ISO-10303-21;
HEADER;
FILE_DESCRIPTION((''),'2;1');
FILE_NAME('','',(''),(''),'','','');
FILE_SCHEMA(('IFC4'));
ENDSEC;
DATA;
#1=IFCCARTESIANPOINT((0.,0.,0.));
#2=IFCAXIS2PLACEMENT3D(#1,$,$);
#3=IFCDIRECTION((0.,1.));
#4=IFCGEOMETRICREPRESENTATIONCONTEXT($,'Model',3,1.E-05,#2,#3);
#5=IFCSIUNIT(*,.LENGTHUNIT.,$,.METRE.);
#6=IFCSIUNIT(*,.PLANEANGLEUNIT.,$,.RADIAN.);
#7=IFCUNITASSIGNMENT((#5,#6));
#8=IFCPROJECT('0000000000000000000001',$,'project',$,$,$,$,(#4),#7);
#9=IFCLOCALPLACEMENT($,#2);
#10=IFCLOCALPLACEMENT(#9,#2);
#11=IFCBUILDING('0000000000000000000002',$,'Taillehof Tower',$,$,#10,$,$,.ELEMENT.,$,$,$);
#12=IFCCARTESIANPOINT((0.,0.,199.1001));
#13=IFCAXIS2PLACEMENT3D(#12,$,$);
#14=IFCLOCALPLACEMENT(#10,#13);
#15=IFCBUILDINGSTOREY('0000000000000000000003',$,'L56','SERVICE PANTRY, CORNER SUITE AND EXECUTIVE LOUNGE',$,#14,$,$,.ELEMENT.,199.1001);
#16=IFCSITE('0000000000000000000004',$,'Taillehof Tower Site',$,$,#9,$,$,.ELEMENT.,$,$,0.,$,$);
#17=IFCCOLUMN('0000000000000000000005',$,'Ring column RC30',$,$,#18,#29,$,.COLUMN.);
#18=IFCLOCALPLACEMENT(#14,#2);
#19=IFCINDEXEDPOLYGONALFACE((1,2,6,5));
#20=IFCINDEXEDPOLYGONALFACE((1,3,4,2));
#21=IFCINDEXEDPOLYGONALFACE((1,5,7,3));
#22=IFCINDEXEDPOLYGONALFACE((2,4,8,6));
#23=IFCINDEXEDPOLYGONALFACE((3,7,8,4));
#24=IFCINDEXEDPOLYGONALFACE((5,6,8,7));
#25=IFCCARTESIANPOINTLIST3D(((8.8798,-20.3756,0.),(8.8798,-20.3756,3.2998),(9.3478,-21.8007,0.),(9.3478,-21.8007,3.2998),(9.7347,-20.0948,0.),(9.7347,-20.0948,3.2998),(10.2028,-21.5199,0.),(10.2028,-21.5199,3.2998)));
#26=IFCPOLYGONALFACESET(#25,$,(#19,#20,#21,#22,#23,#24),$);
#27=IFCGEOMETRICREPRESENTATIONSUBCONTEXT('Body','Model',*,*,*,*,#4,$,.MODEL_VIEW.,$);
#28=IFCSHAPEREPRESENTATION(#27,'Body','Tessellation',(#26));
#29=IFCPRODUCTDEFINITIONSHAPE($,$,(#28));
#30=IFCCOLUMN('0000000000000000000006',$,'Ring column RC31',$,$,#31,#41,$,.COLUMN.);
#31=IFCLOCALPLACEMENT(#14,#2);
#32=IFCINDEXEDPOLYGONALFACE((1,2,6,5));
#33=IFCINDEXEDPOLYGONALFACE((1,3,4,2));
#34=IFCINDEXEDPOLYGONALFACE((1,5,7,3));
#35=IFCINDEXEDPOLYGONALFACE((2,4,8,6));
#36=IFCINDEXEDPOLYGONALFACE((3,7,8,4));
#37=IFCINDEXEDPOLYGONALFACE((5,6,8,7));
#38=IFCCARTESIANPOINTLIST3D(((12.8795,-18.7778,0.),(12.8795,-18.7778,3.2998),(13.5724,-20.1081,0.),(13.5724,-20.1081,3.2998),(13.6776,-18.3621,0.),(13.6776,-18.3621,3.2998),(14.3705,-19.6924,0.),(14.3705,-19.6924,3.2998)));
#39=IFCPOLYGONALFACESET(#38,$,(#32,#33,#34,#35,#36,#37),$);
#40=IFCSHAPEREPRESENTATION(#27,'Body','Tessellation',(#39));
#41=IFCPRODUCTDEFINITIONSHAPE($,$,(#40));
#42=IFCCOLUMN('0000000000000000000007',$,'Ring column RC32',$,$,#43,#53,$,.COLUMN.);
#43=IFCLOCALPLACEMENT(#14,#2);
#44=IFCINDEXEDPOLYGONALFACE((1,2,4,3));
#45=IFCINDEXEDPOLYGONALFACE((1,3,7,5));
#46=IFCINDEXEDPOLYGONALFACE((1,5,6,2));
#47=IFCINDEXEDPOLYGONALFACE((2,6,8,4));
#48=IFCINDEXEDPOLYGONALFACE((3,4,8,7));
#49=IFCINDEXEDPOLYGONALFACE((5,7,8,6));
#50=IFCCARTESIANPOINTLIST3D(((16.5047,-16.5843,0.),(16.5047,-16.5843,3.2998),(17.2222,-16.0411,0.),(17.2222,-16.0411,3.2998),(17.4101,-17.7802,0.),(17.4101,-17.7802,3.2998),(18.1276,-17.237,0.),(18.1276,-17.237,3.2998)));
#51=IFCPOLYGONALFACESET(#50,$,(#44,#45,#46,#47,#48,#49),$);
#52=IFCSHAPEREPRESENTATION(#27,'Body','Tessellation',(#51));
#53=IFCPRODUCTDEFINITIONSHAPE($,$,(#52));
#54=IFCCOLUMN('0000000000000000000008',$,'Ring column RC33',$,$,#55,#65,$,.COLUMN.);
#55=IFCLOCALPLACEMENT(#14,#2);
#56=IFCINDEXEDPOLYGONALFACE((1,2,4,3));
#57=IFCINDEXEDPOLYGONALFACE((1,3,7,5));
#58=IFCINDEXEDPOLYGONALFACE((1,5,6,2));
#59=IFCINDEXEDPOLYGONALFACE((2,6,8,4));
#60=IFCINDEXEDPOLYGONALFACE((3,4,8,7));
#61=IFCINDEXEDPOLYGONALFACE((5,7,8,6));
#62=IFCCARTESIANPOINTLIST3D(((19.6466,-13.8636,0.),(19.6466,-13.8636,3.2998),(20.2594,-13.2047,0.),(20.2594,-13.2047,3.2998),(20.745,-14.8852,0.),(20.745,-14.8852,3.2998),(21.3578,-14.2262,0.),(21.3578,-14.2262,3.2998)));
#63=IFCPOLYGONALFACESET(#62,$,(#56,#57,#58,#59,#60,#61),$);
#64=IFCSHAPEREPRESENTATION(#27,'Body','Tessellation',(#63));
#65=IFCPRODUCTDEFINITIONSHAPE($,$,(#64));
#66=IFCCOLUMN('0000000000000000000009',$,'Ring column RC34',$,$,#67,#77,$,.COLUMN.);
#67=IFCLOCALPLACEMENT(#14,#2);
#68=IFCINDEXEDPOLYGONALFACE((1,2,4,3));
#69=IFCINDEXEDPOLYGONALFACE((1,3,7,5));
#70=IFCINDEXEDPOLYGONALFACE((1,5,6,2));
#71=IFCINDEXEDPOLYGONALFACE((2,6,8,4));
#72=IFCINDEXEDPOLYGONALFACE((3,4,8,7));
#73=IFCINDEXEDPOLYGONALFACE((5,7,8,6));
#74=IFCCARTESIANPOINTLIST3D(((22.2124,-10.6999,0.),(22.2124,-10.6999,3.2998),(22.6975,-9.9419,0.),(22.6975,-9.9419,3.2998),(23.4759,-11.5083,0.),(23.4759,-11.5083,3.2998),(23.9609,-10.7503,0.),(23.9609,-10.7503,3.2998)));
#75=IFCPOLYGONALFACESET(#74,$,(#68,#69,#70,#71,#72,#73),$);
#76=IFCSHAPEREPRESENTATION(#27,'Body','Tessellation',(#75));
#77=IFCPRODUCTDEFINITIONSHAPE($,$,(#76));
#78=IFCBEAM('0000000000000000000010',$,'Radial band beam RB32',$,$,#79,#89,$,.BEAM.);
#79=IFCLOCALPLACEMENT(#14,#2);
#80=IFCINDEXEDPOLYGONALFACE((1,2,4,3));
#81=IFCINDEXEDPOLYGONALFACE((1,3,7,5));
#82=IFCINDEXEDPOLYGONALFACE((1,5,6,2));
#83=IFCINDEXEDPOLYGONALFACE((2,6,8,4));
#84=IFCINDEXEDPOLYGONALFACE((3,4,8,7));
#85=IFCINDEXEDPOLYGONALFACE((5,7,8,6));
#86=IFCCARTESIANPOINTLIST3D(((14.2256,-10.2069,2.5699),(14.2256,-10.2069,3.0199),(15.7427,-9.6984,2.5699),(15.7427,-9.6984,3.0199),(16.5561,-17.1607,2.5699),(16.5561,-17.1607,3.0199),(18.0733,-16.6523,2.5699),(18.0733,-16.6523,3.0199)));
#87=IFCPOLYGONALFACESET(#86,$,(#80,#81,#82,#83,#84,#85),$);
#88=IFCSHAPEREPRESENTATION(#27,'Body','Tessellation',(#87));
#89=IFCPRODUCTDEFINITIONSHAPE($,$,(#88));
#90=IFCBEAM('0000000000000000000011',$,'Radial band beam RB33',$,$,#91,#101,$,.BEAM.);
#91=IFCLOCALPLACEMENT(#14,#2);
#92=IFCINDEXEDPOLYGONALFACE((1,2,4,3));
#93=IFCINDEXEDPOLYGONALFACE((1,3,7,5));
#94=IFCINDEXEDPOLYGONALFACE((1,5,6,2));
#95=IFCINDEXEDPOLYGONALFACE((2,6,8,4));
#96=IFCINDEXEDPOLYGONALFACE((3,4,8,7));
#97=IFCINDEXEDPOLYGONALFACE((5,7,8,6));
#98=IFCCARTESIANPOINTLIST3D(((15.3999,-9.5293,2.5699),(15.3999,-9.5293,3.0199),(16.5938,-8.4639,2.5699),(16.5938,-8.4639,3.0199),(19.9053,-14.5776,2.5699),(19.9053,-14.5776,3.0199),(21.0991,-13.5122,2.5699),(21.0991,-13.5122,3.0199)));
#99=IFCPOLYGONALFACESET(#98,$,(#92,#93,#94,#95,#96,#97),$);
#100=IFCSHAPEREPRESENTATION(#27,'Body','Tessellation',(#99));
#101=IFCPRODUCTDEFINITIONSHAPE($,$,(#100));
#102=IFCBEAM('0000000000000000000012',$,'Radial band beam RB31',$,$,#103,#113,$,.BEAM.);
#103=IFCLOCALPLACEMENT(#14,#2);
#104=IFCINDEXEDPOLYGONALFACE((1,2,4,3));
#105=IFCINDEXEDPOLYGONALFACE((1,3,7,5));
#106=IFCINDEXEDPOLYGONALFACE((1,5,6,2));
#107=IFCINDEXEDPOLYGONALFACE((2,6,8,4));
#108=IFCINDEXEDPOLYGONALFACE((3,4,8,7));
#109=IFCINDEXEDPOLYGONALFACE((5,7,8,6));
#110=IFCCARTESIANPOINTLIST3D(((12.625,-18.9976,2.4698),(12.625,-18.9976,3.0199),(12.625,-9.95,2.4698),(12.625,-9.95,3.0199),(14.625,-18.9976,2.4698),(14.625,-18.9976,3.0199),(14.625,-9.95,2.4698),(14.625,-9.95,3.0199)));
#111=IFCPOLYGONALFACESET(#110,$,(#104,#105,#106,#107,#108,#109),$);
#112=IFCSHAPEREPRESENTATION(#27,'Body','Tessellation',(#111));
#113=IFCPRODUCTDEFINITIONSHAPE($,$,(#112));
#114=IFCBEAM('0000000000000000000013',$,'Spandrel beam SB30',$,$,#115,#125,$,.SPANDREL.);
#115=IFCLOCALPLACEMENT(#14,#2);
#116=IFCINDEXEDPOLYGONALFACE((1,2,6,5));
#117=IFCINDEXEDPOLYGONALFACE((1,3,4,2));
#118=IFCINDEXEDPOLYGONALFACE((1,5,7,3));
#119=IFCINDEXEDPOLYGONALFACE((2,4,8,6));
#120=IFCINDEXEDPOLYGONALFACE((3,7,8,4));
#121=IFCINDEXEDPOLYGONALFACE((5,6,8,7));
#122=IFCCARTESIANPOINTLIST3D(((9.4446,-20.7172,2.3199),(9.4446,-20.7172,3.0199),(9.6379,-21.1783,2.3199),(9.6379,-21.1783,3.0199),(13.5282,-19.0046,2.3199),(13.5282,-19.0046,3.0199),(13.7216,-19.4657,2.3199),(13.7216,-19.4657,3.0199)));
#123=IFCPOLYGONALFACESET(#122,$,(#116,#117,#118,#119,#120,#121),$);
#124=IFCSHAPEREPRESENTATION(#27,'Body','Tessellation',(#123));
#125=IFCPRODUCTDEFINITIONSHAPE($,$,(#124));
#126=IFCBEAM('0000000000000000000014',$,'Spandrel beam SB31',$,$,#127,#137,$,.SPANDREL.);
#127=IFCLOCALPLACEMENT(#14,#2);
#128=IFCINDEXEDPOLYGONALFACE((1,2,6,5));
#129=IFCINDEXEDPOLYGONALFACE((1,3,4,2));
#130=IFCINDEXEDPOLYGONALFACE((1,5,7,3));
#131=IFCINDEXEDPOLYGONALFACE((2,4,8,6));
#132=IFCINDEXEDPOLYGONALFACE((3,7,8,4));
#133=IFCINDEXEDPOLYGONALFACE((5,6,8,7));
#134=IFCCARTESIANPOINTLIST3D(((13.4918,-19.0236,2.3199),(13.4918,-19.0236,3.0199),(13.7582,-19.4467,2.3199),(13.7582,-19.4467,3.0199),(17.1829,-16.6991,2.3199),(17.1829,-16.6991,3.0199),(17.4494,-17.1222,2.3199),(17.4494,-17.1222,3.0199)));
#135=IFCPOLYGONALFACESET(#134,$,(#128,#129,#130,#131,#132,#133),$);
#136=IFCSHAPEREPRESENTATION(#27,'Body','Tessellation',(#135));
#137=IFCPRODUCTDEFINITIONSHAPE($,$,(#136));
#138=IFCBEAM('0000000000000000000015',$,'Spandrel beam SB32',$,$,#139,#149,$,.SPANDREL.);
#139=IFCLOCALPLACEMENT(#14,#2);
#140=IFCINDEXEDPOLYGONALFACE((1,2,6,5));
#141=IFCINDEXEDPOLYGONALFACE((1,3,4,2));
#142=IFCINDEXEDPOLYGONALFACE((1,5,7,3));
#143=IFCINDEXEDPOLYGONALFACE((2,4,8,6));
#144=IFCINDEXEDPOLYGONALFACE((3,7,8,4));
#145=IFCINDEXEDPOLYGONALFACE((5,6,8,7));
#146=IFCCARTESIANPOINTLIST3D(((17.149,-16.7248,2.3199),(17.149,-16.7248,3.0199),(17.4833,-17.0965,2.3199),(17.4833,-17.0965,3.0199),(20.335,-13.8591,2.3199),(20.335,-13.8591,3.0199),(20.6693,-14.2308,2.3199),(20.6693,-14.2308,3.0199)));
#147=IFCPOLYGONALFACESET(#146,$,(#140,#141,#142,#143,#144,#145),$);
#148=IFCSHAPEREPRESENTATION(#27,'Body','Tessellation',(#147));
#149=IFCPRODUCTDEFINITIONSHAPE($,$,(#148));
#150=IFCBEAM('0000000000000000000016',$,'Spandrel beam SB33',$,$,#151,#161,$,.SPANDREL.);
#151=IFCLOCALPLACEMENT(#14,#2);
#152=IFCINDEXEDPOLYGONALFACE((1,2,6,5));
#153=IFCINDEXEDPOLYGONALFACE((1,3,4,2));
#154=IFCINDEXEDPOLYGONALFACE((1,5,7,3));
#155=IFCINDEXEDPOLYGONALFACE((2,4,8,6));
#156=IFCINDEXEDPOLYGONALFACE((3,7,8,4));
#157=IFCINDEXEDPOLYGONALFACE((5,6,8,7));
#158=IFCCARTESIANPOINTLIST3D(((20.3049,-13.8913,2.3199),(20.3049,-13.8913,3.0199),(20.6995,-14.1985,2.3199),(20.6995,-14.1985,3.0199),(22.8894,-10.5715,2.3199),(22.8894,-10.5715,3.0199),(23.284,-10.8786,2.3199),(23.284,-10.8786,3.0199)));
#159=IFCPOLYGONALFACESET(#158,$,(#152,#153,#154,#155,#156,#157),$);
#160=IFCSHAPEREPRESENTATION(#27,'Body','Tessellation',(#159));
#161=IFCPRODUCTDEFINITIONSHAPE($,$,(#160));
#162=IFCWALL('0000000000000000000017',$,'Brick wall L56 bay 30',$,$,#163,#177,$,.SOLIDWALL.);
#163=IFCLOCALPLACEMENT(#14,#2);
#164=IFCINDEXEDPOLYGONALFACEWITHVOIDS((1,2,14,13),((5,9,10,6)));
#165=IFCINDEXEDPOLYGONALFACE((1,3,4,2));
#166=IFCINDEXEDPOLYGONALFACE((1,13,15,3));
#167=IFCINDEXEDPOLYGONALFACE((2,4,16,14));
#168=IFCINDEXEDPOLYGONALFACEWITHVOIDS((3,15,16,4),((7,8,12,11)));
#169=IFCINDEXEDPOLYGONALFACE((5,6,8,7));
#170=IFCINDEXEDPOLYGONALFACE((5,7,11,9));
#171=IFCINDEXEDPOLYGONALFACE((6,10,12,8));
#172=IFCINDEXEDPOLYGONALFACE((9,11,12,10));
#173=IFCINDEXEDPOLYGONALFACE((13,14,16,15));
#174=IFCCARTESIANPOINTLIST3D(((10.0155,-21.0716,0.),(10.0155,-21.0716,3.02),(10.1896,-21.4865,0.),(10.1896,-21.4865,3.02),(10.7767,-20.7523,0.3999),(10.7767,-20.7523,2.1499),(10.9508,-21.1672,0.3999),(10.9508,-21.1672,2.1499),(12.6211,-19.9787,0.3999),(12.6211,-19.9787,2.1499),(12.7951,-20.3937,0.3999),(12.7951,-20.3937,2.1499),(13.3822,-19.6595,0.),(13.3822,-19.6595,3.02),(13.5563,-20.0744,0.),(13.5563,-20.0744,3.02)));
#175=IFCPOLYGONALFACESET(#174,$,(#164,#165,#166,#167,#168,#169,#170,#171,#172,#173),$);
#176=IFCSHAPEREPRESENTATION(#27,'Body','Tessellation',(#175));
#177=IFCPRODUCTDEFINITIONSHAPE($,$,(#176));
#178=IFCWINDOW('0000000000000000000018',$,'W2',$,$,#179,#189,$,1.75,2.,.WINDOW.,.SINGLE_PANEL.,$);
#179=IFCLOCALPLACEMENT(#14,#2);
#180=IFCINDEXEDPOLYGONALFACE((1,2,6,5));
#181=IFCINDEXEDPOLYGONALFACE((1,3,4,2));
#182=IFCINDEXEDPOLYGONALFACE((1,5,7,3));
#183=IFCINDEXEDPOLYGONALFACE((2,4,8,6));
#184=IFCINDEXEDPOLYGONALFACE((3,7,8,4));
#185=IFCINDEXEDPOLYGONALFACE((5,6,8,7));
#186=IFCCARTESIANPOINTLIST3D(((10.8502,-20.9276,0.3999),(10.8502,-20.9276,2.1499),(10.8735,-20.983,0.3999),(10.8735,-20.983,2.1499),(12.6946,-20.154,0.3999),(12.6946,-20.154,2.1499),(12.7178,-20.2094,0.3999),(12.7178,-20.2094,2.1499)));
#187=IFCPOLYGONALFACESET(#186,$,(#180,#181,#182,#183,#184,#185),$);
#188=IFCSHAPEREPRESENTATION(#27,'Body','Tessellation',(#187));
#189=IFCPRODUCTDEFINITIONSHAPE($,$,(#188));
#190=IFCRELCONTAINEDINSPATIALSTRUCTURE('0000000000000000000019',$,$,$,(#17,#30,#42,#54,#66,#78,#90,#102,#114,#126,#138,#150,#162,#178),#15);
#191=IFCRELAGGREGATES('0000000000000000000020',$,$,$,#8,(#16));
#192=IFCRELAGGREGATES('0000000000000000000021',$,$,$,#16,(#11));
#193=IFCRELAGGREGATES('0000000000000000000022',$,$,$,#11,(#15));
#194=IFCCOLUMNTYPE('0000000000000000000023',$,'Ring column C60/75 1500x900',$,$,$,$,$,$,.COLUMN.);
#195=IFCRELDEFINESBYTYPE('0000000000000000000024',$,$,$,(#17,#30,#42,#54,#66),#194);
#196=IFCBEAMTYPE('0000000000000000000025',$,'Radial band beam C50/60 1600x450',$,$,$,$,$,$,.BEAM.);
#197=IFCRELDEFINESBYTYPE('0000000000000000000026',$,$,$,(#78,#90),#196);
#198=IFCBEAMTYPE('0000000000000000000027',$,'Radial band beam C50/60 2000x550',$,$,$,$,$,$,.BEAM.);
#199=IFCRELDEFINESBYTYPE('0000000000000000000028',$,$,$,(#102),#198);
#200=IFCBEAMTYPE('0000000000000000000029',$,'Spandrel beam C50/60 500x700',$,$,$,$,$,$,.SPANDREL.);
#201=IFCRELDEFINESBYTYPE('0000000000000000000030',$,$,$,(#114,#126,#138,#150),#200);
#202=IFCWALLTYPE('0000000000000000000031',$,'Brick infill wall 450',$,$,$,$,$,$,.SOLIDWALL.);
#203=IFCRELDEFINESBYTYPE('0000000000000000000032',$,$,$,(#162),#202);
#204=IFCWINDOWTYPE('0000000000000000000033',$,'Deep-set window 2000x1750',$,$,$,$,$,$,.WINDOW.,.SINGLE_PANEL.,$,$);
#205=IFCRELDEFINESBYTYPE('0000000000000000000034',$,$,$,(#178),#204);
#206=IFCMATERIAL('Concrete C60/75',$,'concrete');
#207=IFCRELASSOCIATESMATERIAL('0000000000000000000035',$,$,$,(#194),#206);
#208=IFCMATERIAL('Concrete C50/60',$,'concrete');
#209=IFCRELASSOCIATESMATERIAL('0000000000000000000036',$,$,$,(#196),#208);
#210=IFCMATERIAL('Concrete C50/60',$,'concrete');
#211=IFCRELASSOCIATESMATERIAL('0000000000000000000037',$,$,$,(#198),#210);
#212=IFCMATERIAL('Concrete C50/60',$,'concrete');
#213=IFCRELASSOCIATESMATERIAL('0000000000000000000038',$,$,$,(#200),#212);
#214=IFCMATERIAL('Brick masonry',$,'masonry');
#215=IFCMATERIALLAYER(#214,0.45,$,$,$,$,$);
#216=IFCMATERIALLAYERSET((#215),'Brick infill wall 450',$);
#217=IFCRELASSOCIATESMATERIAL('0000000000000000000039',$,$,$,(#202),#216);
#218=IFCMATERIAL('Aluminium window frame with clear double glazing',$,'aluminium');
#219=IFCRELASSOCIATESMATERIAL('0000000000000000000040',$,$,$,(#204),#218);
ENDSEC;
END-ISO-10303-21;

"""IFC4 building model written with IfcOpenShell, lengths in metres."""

from ifc_helpers import new_model, si_unit, direction, frame, frame_2d, origin, origin_2d, place, context, subcontext, project, spatial, rectangle, extrude, material, layer, layer_set, material_profile, profile_set, type_object, element, fill, save


model = new_model("IFC4")

# Units and contexts
model_context = context("Model", 3, precision=1e-05, world=origin(), true_north=direction((0.0, 1.0)))
body_context = subcontext(model_context, "Body", "Model", "MODEL_VIEW")
ifc_project = project(units=[si_unit("LENGTHUNIT", "METRE"), si_unit("PLANEANGLEUNIT", "RADIAN")], contexts=[model_context])

# Site, building, storey
site_placement = place(None, origin())
site = spatial("IfcSite", under=ifc_project, at=site_placement, Name="Taillehof Tower Site", CompositionType="ELEMENT", RefElevation=0.0)
building_placement = place(site_placement, origin())
building = spatial("IfcBuilding", under=site, at=building_placement, Name="Taillehof Tower", CompositionType="ELEMENT")
storey_placement = place(building_placement, frame((0.0, 0.0, 199.1001)))
storey = spatial("IfcBuildingStorey", under=building, at=storey_placement, Name="L56", Description="SERVICE PANTRY, CORNER SUITE AND EXECUTIVE LOUNGE", CompositionType="ELEMENT", Elevation=199.1001)

# Columns
ifc_material_1 = material(Name="Concrete C60/75", Category="concrete")
ifc_material_profile_1 = material_profile(ifc_material_1, rectangle(XDim=1.5, YDim=0.8999, at=origin_2d()), Name="RC 1500x900")
ifc_profile_set_1 = profile_set([ifc_material_profile_1], Name="Concrete C60/75")
column_type = type_object("IfcColumnType", Name="Ring column C60/75 1500x900", PredefinedType="COLUMN", material=ifc_profile_set_1)
for number, where, z_axis, x_axis, name in (
    (1, (9.5413, -20.9478, 0.0), (0.0, 0.0, 1.0), (0.312001, -0.950082, 0.0), "Ring column RC30"),
    (2, (13.625, -19.2351, 0.0), (0.0, 0.0, 1.0), (0.461993, -0.886883, 0.0), "Ring column RC31"),
    (3, (17.3162, -16.9106, 0.0), (0.0, 0.0, 1.0), (0.603608, -0.797281, 0.0), "Ring column RC32"),
    (4, (20.5022, -14.0449, 0.0), (0.0, 0.0, 1.0), (0.732271, -0.681013, 0.0), "Ring column RC33"),
    (5, (23.0867, -10.7251, 0.0), (0.0, 0.0, 1.0), (0.842311, -0.538992, 0.0), "Ring column RC34"),
):
    element("IfcColumn", number, at=place(storey_placement, frame(where, z_axis=z_axis, x_axis=x_axis)), inside=storey, type_object=column_type, Name=name, PredefinedType="COLUMN", context=body_context, shape_type="SweptSolid", body=[
        extrude(rectangle(XDim=1.5, YDim=0.8999, at=origin_2d()), origin(), (0.0, 0.0, 1.0), 3.2998),
    ])

# Beams
ifc_material_2 = material(Name="Concrete C50/60", Category="concrete")
ifc_material_profile_2 = material_profile(ifc_material_2, rectangle(XDim=1.6001, YDim=0.45, at=origin_2d()), Name="RC 1600x450")
ifc_profile_set_2 = profile_set([ifc_material_profile_2], Name="Concrete C50/60")
beam_type_1 = type_object("IfcBeamType", Name="Radial band beam C50/60 1600x450", PredefinedType="BEAM", material=ifc_profile_set_2)
beam_1_placement = place(storey_placement, frame((17.3147, -16.9065, 2.7949), z_axis=(-0.317775, 0.948166, 0.0), x_axis=(-0.948166, -0.317775, 0.0)))
element("IfcBeam", 6, at=beam_1_placement, inside=storey, type_object=beam_type_1, Name="Radial band beam RB32", PredefinedType="BEAM", context=body_context, shape_type="SweptSolid", body=[
    extrude(rectangle(XDim=1.6001, YDim=0.45, at=origin_2d()), origin(), (0.0, 0.0, 1.0), 7.334),
])
beam_2_placement = place(storey_placement, frame((20.5022, -14.0449, 2.7949), z_axis=(-0.665845, 0.74609, 0.0), x_axis=(-0.74609, -0.665845, 0.0)))
element("IfcBeam", 7, at=beam_2_placement, inside=storey, type_object=beam_type_1, Name="Radial band beam RB33", PredefinedType="BEAM", context=body_context, shape_type="SweptSolid", body=[
    extrude(rectangle(XDim=1.6001, YDim=0.45, at=origin_2d()), origin(), (0.0, 0.0, 1.0), 6.7664),
])
ifc_material_3 = material(Name="Concrete C50/60", Category="concrete")
ifc_material_profile_3 = material_profile(ifc_material_3, rectangle(XDim=2.0, YDim=0.55, at=origin_2d()), Name="RC 2000x550")
ifc_profile_set_3 = profile_set([ifc_material_profile_3], Name="Concrete C50/60")
beam_type_2 = type_object("IfcBeamType", Name="Radial band beam C50/60 2000x550", PredefinedType="BEAM", material=ifc_profile_set_3)
beam_3_placement = place(storey_placement, frame((13.625, -18.9976, 2.7449), z_axis=(0.0, 1.0, 0.0), x_axis=(-1.0, 0.0, 0.0)))
element("IfcBeam", 8, at=beam_3_placement, inside=storey, type_object=beam_type_2, Name="Radial band beam RB31", PredefinedType="BEAM", context=body_context, shape_type="SweptSolid", body=[
    extrude(rectangle(XDim=2.0, YDim=0.55, at=origin_2d()), origin(), (0.0, 0.0, 1.0), 9.0476),
])
ifc_material_4 = material(Name="Concrete C50/60", Category="concrete")
ifc_material_profile_4 = material_profile(ifc_material_4, rectangle(XDim=0.5, YDim=0.7, at=origin_2d()), Name="RC 500x700")
ifc_profile_set_4 = profile_set([ifc_material_profile_4], Name="Concrete C50/60")
beam_type_3 = type_object("IfcBeamType", Name="Spandrel beam C50/60 500x700", PredefinedType="SPANDREL", material=ifc_profile_set_4)
beam_4_placement = place(storey_placement, frame((9.5413, -20.9478, 2.6699), z_axis=(0.922186, 0.386748, 0.0), x_axis=(-0.386748, 0.922186, 0.0)))
element("IfcBeam", 9, at=beam_4_placement, inside=storey, type_object=beam_type_3, Name="Spandrel beam SB30", PredefinedType="SPANDREL", context=body_context, shape_type="SweptSolid", body=[
    extrude(rectangle(XDim=0.5, YDim=0.7, at=origin_2d()), origin(), (0.0, 0.0, 1.0), 4.4282),
])
beam_5_placement = place(storey_placement, frame((13.625, -19.2351, 2.6699), z_axis=(0.846192, 0.532879, 0.0), x_axis=(-0.532879, 0.846192, 0.0)))
element("IfcBeam", 10, at=beam_5_placement, inside=storey, type_object=beam_type_3, Name="Spandrel beam SB31", PredefinedType="SPANDREL", context=body_context, shape_type="SweptSolid", body=[
    extrude(rectangle(XDim=0.5, YDim=0.7, at=origin_2d()), origin(), (0.0, 0.0, 1.0), 4.3621),
])
beam_6_placement = place(storey_placement, frame((17.3162, -16.9106, 2.6699), z_axis=(0.743492, 0.668744, 0.0), x_axis=(-0.668744, 0.743492, 0.0)))
element("IfcBeam", 11, at=beam_6_placement, inside=storey, type_object=beam_type_3, Name="Spandrel beam SB32", PredefinedType="SPANDREL", context=body_context, shape_type="SweptSolid", body=[
    extrude(rectangle(XDim=0.5, YDim=0.7, at=origin_2d()), origin(), (0.0, 0.0, 1.0), 4.2852),
])
beam_7_placement = place(storey_placement, frame((20.5022, -14.0449, 2.6699), z_axis=(0.614294, 0.789077, 0.0), x_axis=(-0.789077, 0.614294, 0.0)))
element("IfcBeam", 12, at=beam_7_placement, inside=storey, type_object=beam_type_3, Name="Spandrel beam SB33", PredefinedType="SPANDREL", context=body_context, shape_type="SweptSolid", body=[
    extrude(rectangle(XDim=0.5, YDim=0.7, at=origin_2d()), origin(), (0.0, 0.0, 1.0), 4.2073),
])

# Wall, opening, window
ifc_material_5 = material(Name="Brick masonry", Category="masonry")
ifc_layer_1 = layer(ifc_material_5, 0.45)
ifc_layer_set_1 = layer_set([ifc_layer_1], Name="Brick infill wall 450")
wall_type_1 = type_object("IfcWallType", Name="Brick infill wall 450", PredefinedType="SOLIDWALL", material=ifc_layer_set_1)
wall_1_placement = place(storey_placement, frame((10.1025, -21.2791, 0.0), z_axis=(0.0, 0.0, 1.0), x_axis=(0.922168, 0.386789, 0.0)))
wall_1 = element("IfcWall", 13, at=wall_1_placement, inside=storey, type_object=wall_type_1, Name="Brick wall L56 bay 30", PredefinedType="SOLIDWALL", context=body_context, shape_type="SweptSolid", body=[
    extrude(rectangle(XDim=3.6509, YDim=0.45, at=frame_2d((1.8254, 0.0))), origin(), (0.0, 0.0, 1.0), 3.02),
])
opening_1_placement = place(wall_1_placement, frame((0.8254, 0.0, 0.3999)))
opening_1 = element("IfcOpeningElement", 14, at=opening_1_placement, cuts=wall_1, PredefinedType="OPENING", context=body_context, shape_type="SweptSolid", body=[
    extrude(rectangle(XDim=2.0, YDim=1.75, at=frame_2d((1.0, 0.875))), frame((0.0, 0.2349, 0.0), z_axis=(0.0, -1.0, 0.0), x_axis=(1.0, 0.0, 0.0)), (0.0, 0.0, 1.0), 0.47),
])
ifc_material_6 = material(Name="Aluminium window frame with clear double glazing", Category="aluminium")
window_type = type_object("IfcWindowType", Name="Deep-set window 2000x1750", PartitioningType="SINGLE_PANEL", PredefinedType="WINDOW", material=ifc_material_6)
window_1_placement = place(opening_1_placement, origin())
window_1 = element("IfcWindow", 15, at=window_1_placement, inside=storey, type_object=window_type, Name="W2", OverallHeight=1.75, OverallWidth=2.0, PartitioningType="SINGLE_PANEL", PredefinedType="WINDOW", context=body_context, shape_type="SweptSolid", body=[
    extrude(rectangle(XDim=2.0, YDim=1.75, at=frame_2d((1.0, 0.875))), frame((0.0, 0.0349, 0.0), z_axis=(0.0, -1.0, 0.0), x_axis=(1.0, 0.0, 0.0)), (0.0, 0.0, 1.0), 0.0601),
])
fill(opening_1, window_1)

save(model, "model.ifc")
